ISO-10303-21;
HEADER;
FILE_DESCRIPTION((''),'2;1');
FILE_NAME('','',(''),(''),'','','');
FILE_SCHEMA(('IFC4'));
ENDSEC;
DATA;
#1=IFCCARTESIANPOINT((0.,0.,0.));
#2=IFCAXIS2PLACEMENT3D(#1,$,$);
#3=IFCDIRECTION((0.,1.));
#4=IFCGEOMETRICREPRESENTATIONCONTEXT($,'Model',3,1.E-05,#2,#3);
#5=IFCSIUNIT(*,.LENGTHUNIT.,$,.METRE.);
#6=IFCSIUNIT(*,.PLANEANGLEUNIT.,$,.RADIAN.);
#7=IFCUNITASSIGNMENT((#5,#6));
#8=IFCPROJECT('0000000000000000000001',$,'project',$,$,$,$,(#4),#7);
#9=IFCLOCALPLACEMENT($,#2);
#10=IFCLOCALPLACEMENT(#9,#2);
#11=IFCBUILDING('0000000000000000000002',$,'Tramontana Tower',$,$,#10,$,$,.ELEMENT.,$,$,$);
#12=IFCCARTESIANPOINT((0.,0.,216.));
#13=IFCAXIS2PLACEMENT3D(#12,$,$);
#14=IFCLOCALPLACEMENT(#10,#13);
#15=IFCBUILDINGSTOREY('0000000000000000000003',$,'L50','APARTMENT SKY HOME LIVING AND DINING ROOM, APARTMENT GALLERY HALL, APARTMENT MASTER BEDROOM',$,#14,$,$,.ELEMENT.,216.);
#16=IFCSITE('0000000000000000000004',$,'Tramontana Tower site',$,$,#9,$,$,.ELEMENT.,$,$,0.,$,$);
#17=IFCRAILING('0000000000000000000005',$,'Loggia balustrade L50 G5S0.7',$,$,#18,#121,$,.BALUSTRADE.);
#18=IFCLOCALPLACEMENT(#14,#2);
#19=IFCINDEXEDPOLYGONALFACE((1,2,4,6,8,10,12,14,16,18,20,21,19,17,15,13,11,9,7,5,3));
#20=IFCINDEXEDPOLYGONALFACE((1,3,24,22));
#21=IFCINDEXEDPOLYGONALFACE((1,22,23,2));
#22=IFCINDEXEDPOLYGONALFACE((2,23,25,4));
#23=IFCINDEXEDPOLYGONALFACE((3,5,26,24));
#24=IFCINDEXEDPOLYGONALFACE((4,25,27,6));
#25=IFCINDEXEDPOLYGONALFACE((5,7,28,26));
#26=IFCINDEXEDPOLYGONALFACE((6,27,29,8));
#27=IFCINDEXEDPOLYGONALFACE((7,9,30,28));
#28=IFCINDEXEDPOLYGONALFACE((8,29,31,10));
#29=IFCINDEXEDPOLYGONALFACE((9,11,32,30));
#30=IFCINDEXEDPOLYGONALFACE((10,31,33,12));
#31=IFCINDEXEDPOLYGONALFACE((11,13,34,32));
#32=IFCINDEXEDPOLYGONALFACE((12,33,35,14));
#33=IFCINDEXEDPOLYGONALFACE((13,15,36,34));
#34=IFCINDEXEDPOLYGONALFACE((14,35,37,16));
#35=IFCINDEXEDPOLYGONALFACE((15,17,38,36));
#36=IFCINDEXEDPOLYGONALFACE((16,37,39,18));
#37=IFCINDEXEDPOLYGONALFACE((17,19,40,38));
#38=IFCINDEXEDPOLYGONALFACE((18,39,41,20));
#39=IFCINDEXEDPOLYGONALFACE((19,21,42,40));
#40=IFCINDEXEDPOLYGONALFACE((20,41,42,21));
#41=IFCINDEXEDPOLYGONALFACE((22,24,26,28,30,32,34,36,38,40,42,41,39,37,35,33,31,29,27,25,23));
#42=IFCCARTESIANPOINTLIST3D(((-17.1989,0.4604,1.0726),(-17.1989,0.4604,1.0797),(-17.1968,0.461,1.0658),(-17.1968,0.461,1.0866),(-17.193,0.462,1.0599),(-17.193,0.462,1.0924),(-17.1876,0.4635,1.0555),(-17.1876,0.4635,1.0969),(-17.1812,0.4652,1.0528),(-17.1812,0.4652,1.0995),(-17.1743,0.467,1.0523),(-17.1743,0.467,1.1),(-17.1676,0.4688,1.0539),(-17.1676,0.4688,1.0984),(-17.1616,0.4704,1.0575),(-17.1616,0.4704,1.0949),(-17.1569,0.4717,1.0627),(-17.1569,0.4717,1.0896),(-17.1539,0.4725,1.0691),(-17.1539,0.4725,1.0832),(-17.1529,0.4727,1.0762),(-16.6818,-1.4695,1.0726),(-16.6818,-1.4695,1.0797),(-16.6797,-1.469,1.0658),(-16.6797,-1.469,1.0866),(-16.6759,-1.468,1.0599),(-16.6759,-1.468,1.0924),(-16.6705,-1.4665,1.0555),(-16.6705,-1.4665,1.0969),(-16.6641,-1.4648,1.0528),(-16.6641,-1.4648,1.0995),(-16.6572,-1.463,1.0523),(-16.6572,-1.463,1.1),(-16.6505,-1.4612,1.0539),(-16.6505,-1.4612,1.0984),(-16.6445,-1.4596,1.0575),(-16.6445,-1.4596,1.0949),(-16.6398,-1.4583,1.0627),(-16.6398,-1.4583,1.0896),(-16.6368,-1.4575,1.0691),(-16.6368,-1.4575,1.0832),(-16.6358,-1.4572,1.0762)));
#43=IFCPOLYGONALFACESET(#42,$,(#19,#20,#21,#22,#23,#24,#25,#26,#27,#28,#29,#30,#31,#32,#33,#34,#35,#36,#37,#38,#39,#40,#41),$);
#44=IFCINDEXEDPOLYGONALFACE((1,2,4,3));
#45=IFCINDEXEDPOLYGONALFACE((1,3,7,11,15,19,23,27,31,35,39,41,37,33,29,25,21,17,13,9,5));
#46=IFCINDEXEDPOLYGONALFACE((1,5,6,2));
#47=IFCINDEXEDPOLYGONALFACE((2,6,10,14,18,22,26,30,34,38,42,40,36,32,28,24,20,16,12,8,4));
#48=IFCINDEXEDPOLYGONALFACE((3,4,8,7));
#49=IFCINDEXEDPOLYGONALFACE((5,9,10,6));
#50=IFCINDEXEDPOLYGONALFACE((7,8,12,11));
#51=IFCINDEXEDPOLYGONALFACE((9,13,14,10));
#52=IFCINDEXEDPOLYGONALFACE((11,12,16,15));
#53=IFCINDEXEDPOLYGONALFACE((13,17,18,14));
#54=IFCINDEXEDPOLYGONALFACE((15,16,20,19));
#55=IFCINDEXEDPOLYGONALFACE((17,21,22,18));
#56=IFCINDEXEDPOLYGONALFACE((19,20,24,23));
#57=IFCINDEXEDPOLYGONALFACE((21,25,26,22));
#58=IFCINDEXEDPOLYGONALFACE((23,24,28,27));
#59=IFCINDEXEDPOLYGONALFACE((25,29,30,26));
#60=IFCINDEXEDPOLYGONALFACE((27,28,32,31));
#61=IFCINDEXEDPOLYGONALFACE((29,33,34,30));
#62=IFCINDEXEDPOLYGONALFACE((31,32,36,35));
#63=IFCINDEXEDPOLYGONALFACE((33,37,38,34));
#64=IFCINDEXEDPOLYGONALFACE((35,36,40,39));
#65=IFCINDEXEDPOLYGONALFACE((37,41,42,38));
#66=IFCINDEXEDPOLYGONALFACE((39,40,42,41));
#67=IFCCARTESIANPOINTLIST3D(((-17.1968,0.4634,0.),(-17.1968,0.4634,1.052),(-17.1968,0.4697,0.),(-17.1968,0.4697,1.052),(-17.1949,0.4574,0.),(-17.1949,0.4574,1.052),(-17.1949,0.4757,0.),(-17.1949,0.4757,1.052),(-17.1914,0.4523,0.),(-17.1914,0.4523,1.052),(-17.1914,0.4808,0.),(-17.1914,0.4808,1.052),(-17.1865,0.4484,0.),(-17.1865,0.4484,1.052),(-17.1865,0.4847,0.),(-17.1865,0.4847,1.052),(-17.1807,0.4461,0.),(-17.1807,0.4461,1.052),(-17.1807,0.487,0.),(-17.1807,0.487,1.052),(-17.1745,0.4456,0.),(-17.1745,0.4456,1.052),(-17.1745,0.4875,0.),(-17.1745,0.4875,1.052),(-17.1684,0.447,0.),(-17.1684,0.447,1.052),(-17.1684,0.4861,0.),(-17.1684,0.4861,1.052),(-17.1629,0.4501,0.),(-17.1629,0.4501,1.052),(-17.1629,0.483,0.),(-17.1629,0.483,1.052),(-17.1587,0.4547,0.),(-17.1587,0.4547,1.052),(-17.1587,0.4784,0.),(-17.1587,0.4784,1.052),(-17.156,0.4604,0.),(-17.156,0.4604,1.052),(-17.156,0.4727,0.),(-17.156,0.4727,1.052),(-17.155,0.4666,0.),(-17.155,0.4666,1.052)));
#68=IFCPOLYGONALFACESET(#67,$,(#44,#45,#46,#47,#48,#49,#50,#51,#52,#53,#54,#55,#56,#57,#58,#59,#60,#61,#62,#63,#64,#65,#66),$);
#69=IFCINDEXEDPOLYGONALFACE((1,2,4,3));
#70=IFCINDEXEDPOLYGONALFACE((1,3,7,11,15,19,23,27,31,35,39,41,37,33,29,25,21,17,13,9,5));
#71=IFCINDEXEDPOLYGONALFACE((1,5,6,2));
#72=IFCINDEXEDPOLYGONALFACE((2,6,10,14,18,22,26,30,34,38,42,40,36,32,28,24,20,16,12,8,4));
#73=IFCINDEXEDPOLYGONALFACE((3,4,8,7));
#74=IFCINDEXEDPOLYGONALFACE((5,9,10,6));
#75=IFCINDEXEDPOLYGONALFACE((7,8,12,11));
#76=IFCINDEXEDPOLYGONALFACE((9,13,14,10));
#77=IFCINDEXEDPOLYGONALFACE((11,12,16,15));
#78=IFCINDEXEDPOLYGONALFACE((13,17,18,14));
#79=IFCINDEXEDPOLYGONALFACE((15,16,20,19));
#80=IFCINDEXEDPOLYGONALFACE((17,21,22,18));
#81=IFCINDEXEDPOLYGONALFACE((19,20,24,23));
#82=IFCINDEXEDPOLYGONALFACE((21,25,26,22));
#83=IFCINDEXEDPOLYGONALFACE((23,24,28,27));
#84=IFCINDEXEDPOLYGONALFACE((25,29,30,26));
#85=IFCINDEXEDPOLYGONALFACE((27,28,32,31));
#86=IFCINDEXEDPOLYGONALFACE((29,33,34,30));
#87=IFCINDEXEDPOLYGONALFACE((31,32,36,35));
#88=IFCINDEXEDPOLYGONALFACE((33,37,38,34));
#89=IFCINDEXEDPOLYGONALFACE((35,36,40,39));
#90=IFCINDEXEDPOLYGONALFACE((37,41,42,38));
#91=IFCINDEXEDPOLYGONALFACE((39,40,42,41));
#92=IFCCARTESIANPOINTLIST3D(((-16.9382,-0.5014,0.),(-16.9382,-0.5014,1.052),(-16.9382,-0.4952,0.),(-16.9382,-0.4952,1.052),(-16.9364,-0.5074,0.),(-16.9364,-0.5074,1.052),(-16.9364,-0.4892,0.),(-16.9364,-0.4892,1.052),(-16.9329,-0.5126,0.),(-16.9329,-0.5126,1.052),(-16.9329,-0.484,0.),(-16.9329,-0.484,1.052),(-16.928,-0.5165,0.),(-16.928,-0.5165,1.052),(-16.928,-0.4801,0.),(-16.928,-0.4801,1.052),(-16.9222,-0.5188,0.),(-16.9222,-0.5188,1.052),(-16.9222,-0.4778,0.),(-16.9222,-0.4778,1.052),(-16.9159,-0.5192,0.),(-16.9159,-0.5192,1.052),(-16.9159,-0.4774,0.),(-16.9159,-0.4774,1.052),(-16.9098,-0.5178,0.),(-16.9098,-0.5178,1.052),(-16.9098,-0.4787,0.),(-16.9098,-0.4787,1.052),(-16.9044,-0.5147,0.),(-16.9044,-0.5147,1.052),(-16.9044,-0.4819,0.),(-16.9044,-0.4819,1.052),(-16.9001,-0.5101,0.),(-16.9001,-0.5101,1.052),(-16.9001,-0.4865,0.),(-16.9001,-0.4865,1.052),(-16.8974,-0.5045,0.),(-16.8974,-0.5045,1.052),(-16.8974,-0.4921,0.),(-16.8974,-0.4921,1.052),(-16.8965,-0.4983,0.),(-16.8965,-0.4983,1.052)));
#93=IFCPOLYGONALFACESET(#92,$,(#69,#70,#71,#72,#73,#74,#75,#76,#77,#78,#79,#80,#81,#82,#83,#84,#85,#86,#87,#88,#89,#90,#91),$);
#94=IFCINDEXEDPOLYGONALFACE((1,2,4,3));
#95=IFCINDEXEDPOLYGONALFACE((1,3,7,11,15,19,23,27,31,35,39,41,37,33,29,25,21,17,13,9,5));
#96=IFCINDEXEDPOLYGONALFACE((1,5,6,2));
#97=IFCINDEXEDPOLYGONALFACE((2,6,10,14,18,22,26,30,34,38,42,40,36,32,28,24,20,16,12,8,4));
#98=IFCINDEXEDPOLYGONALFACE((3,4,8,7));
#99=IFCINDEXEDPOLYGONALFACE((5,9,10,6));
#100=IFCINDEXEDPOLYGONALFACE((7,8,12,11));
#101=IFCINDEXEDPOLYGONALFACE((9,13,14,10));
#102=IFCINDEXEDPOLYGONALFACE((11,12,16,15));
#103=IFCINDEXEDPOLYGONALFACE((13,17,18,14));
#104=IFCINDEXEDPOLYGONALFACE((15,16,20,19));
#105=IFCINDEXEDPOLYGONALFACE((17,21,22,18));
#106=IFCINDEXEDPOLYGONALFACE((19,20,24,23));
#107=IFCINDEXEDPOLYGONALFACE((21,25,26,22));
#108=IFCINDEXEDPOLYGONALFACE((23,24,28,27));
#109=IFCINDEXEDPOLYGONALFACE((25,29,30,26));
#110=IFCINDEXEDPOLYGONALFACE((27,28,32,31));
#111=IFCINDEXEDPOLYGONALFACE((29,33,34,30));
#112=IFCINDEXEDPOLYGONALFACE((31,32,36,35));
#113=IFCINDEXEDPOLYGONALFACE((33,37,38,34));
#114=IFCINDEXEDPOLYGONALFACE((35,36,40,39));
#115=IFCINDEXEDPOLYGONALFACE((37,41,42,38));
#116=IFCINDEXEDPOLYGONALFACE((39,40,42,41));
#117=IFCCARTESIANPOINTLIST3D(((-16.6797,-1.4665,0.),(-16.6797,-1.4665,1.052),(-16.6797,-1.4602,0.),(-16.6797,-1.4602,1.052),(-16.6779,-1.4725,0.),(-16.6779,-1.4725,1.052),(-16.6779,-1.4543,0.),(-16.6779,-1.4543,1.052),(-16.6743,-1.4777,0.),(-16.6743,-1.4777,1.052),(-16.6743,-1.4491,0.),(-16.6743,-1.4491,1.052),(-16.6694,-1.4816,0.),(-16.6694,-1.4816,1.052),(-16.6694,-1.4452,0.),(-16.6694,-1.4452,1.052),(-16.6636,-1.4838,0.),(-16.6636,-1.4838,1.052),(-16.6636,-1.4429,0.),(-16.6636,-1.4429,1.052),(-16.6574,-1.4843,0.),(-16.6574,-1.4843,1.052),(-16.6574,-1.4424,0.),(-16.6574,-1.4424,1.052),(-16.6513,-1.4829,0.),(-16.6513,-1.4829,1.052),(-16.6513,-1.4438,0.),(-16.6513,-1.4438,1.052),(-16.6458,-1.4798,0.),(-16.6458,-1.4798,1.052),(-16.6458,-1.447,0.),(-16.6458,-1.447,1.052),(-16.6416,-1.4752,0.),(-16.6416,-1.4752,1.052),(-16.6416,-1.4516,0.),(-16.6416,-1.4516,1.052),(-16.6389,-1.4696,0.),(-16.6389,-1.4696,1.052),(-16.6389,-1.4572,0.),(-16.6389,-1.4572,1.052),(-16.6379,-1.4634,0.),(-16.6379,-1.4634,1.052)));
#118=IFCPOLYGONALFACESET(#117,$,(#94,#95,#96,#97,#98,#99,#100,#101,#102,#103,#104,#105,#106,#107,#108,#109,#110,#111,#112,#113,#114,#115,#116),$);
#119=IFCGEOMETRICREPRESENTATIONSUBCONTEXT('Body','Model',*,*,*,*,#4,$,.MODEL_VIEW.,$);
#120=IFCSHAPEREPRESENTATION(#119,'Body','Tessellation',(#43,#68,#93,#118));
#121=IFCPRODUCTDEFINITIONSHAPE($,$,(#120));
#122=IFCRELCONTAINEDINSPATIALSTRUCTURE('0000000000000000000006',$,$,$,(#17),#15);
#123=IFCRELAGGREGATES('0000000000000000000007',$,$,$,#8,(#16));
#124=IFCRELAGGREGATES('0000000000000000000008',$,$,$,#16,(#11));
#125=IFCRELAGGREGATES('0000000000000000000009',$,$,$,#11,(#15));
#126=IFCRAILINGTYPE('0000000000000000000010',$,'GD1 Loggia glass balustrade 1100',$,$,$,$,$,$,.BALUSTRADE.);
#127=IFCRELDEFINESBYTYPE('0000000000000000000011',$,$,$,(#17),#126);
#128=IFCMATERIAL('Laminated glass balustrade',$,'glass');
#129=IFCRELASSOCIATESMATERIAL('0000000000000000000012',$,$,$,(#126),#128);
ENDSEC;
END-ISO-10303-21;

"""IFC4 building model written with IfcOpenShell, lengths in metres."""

from ifc_helpers import new_model, si_unit, direction, frame, origin, origin_2d, place, context, subcontext, project, spatial, circle, extrude, material, type_object, element, save


model = new_model("IFC4")

# Units and contexts
model_context = context("Model", 3, precision=1e-05, world=origin(), true_north=direction((0.0, 1.0)))
body_context = subcontext(model_context, "Body", "Model", "MODEL_VIEW")
ifc_project = project(units=[si_unit("LENGTHUNIT", "METRE"), si_unit("PLANEANGLEUNIT", "RADIAN")], contexts=[model_context])

# Site, building, storey
site_placement = place(None, origin())
site = spatial("IfcSite", under=ifc_project, at=site_placement, Name="Tramontana Tower site", CompositionType="ELEMENT", RefElevation=0.0)
building_placement = place(site_placement, origin())
building = spatial("IfcBuilding", under=site, at=building_placement, Name="Tramontana Tower", CompositionType="ELEMENT")
storey_placement = place(building_placement, frame((0.0, 0.0, 216.0)))
storey = spatial("IfcBuildingStorey", under=building, at=storey_placement, Name="L50", Description="APARTMENT SKY HOME LIVING AND DINING ROOM, APARTMENT GALLERY HALL, APARTMENT MASTER BEDROOM", CompositionType="ELEMENT", Elevation=216.0)

# Railing
ifc_material_1 = material(Name="Laminated glass balustrade", Category="glass")
railing_type = type_object("IfcRailingType", Name="GD1 Loggia glass balustrade 1100", PredefinedType="BALUSTRADE", material=ifc_material_1)
railing_placement = place(storey_placement, frame((-17.176, 0.4666, 0.0)))
element("IfcRailing", 1, at=railing_placement, inside=storey, type_object=railing_type, Name="Loggia balustrade L50 G5S0.7", PredefinedType="BALUSTRADE", context=body_context, shape_type="SweptSolid", body=[
    extrude(circle(Radius=0.0239, at=origin_2d()), frame((0.0, 0.0, 1.0762), z_axis=(0.258803, -0.96593, 0.0), x_axis=(0.96593, 0.258803, 0.0)), (0.0, 0.0, 1.0), 1.998),
    extrude(circle(Radius=0.021, at=origin_2d()), origin(), (0.0, 0.0, 1.0), 1.052),
    extrude(circle(Radius=0.021, at=origin_2d()), frame((0.2585, -0.9648, 0.0)), (0.0, 0.0, 1.0), 1.052),
    extrude(circle(Radius=0.021, at=origin_2d()), frame((0.5171, -1.9299, 0.0)), (0.0, 0.0, 1.0), 1.052),
])

save(model, "model.ifc")
